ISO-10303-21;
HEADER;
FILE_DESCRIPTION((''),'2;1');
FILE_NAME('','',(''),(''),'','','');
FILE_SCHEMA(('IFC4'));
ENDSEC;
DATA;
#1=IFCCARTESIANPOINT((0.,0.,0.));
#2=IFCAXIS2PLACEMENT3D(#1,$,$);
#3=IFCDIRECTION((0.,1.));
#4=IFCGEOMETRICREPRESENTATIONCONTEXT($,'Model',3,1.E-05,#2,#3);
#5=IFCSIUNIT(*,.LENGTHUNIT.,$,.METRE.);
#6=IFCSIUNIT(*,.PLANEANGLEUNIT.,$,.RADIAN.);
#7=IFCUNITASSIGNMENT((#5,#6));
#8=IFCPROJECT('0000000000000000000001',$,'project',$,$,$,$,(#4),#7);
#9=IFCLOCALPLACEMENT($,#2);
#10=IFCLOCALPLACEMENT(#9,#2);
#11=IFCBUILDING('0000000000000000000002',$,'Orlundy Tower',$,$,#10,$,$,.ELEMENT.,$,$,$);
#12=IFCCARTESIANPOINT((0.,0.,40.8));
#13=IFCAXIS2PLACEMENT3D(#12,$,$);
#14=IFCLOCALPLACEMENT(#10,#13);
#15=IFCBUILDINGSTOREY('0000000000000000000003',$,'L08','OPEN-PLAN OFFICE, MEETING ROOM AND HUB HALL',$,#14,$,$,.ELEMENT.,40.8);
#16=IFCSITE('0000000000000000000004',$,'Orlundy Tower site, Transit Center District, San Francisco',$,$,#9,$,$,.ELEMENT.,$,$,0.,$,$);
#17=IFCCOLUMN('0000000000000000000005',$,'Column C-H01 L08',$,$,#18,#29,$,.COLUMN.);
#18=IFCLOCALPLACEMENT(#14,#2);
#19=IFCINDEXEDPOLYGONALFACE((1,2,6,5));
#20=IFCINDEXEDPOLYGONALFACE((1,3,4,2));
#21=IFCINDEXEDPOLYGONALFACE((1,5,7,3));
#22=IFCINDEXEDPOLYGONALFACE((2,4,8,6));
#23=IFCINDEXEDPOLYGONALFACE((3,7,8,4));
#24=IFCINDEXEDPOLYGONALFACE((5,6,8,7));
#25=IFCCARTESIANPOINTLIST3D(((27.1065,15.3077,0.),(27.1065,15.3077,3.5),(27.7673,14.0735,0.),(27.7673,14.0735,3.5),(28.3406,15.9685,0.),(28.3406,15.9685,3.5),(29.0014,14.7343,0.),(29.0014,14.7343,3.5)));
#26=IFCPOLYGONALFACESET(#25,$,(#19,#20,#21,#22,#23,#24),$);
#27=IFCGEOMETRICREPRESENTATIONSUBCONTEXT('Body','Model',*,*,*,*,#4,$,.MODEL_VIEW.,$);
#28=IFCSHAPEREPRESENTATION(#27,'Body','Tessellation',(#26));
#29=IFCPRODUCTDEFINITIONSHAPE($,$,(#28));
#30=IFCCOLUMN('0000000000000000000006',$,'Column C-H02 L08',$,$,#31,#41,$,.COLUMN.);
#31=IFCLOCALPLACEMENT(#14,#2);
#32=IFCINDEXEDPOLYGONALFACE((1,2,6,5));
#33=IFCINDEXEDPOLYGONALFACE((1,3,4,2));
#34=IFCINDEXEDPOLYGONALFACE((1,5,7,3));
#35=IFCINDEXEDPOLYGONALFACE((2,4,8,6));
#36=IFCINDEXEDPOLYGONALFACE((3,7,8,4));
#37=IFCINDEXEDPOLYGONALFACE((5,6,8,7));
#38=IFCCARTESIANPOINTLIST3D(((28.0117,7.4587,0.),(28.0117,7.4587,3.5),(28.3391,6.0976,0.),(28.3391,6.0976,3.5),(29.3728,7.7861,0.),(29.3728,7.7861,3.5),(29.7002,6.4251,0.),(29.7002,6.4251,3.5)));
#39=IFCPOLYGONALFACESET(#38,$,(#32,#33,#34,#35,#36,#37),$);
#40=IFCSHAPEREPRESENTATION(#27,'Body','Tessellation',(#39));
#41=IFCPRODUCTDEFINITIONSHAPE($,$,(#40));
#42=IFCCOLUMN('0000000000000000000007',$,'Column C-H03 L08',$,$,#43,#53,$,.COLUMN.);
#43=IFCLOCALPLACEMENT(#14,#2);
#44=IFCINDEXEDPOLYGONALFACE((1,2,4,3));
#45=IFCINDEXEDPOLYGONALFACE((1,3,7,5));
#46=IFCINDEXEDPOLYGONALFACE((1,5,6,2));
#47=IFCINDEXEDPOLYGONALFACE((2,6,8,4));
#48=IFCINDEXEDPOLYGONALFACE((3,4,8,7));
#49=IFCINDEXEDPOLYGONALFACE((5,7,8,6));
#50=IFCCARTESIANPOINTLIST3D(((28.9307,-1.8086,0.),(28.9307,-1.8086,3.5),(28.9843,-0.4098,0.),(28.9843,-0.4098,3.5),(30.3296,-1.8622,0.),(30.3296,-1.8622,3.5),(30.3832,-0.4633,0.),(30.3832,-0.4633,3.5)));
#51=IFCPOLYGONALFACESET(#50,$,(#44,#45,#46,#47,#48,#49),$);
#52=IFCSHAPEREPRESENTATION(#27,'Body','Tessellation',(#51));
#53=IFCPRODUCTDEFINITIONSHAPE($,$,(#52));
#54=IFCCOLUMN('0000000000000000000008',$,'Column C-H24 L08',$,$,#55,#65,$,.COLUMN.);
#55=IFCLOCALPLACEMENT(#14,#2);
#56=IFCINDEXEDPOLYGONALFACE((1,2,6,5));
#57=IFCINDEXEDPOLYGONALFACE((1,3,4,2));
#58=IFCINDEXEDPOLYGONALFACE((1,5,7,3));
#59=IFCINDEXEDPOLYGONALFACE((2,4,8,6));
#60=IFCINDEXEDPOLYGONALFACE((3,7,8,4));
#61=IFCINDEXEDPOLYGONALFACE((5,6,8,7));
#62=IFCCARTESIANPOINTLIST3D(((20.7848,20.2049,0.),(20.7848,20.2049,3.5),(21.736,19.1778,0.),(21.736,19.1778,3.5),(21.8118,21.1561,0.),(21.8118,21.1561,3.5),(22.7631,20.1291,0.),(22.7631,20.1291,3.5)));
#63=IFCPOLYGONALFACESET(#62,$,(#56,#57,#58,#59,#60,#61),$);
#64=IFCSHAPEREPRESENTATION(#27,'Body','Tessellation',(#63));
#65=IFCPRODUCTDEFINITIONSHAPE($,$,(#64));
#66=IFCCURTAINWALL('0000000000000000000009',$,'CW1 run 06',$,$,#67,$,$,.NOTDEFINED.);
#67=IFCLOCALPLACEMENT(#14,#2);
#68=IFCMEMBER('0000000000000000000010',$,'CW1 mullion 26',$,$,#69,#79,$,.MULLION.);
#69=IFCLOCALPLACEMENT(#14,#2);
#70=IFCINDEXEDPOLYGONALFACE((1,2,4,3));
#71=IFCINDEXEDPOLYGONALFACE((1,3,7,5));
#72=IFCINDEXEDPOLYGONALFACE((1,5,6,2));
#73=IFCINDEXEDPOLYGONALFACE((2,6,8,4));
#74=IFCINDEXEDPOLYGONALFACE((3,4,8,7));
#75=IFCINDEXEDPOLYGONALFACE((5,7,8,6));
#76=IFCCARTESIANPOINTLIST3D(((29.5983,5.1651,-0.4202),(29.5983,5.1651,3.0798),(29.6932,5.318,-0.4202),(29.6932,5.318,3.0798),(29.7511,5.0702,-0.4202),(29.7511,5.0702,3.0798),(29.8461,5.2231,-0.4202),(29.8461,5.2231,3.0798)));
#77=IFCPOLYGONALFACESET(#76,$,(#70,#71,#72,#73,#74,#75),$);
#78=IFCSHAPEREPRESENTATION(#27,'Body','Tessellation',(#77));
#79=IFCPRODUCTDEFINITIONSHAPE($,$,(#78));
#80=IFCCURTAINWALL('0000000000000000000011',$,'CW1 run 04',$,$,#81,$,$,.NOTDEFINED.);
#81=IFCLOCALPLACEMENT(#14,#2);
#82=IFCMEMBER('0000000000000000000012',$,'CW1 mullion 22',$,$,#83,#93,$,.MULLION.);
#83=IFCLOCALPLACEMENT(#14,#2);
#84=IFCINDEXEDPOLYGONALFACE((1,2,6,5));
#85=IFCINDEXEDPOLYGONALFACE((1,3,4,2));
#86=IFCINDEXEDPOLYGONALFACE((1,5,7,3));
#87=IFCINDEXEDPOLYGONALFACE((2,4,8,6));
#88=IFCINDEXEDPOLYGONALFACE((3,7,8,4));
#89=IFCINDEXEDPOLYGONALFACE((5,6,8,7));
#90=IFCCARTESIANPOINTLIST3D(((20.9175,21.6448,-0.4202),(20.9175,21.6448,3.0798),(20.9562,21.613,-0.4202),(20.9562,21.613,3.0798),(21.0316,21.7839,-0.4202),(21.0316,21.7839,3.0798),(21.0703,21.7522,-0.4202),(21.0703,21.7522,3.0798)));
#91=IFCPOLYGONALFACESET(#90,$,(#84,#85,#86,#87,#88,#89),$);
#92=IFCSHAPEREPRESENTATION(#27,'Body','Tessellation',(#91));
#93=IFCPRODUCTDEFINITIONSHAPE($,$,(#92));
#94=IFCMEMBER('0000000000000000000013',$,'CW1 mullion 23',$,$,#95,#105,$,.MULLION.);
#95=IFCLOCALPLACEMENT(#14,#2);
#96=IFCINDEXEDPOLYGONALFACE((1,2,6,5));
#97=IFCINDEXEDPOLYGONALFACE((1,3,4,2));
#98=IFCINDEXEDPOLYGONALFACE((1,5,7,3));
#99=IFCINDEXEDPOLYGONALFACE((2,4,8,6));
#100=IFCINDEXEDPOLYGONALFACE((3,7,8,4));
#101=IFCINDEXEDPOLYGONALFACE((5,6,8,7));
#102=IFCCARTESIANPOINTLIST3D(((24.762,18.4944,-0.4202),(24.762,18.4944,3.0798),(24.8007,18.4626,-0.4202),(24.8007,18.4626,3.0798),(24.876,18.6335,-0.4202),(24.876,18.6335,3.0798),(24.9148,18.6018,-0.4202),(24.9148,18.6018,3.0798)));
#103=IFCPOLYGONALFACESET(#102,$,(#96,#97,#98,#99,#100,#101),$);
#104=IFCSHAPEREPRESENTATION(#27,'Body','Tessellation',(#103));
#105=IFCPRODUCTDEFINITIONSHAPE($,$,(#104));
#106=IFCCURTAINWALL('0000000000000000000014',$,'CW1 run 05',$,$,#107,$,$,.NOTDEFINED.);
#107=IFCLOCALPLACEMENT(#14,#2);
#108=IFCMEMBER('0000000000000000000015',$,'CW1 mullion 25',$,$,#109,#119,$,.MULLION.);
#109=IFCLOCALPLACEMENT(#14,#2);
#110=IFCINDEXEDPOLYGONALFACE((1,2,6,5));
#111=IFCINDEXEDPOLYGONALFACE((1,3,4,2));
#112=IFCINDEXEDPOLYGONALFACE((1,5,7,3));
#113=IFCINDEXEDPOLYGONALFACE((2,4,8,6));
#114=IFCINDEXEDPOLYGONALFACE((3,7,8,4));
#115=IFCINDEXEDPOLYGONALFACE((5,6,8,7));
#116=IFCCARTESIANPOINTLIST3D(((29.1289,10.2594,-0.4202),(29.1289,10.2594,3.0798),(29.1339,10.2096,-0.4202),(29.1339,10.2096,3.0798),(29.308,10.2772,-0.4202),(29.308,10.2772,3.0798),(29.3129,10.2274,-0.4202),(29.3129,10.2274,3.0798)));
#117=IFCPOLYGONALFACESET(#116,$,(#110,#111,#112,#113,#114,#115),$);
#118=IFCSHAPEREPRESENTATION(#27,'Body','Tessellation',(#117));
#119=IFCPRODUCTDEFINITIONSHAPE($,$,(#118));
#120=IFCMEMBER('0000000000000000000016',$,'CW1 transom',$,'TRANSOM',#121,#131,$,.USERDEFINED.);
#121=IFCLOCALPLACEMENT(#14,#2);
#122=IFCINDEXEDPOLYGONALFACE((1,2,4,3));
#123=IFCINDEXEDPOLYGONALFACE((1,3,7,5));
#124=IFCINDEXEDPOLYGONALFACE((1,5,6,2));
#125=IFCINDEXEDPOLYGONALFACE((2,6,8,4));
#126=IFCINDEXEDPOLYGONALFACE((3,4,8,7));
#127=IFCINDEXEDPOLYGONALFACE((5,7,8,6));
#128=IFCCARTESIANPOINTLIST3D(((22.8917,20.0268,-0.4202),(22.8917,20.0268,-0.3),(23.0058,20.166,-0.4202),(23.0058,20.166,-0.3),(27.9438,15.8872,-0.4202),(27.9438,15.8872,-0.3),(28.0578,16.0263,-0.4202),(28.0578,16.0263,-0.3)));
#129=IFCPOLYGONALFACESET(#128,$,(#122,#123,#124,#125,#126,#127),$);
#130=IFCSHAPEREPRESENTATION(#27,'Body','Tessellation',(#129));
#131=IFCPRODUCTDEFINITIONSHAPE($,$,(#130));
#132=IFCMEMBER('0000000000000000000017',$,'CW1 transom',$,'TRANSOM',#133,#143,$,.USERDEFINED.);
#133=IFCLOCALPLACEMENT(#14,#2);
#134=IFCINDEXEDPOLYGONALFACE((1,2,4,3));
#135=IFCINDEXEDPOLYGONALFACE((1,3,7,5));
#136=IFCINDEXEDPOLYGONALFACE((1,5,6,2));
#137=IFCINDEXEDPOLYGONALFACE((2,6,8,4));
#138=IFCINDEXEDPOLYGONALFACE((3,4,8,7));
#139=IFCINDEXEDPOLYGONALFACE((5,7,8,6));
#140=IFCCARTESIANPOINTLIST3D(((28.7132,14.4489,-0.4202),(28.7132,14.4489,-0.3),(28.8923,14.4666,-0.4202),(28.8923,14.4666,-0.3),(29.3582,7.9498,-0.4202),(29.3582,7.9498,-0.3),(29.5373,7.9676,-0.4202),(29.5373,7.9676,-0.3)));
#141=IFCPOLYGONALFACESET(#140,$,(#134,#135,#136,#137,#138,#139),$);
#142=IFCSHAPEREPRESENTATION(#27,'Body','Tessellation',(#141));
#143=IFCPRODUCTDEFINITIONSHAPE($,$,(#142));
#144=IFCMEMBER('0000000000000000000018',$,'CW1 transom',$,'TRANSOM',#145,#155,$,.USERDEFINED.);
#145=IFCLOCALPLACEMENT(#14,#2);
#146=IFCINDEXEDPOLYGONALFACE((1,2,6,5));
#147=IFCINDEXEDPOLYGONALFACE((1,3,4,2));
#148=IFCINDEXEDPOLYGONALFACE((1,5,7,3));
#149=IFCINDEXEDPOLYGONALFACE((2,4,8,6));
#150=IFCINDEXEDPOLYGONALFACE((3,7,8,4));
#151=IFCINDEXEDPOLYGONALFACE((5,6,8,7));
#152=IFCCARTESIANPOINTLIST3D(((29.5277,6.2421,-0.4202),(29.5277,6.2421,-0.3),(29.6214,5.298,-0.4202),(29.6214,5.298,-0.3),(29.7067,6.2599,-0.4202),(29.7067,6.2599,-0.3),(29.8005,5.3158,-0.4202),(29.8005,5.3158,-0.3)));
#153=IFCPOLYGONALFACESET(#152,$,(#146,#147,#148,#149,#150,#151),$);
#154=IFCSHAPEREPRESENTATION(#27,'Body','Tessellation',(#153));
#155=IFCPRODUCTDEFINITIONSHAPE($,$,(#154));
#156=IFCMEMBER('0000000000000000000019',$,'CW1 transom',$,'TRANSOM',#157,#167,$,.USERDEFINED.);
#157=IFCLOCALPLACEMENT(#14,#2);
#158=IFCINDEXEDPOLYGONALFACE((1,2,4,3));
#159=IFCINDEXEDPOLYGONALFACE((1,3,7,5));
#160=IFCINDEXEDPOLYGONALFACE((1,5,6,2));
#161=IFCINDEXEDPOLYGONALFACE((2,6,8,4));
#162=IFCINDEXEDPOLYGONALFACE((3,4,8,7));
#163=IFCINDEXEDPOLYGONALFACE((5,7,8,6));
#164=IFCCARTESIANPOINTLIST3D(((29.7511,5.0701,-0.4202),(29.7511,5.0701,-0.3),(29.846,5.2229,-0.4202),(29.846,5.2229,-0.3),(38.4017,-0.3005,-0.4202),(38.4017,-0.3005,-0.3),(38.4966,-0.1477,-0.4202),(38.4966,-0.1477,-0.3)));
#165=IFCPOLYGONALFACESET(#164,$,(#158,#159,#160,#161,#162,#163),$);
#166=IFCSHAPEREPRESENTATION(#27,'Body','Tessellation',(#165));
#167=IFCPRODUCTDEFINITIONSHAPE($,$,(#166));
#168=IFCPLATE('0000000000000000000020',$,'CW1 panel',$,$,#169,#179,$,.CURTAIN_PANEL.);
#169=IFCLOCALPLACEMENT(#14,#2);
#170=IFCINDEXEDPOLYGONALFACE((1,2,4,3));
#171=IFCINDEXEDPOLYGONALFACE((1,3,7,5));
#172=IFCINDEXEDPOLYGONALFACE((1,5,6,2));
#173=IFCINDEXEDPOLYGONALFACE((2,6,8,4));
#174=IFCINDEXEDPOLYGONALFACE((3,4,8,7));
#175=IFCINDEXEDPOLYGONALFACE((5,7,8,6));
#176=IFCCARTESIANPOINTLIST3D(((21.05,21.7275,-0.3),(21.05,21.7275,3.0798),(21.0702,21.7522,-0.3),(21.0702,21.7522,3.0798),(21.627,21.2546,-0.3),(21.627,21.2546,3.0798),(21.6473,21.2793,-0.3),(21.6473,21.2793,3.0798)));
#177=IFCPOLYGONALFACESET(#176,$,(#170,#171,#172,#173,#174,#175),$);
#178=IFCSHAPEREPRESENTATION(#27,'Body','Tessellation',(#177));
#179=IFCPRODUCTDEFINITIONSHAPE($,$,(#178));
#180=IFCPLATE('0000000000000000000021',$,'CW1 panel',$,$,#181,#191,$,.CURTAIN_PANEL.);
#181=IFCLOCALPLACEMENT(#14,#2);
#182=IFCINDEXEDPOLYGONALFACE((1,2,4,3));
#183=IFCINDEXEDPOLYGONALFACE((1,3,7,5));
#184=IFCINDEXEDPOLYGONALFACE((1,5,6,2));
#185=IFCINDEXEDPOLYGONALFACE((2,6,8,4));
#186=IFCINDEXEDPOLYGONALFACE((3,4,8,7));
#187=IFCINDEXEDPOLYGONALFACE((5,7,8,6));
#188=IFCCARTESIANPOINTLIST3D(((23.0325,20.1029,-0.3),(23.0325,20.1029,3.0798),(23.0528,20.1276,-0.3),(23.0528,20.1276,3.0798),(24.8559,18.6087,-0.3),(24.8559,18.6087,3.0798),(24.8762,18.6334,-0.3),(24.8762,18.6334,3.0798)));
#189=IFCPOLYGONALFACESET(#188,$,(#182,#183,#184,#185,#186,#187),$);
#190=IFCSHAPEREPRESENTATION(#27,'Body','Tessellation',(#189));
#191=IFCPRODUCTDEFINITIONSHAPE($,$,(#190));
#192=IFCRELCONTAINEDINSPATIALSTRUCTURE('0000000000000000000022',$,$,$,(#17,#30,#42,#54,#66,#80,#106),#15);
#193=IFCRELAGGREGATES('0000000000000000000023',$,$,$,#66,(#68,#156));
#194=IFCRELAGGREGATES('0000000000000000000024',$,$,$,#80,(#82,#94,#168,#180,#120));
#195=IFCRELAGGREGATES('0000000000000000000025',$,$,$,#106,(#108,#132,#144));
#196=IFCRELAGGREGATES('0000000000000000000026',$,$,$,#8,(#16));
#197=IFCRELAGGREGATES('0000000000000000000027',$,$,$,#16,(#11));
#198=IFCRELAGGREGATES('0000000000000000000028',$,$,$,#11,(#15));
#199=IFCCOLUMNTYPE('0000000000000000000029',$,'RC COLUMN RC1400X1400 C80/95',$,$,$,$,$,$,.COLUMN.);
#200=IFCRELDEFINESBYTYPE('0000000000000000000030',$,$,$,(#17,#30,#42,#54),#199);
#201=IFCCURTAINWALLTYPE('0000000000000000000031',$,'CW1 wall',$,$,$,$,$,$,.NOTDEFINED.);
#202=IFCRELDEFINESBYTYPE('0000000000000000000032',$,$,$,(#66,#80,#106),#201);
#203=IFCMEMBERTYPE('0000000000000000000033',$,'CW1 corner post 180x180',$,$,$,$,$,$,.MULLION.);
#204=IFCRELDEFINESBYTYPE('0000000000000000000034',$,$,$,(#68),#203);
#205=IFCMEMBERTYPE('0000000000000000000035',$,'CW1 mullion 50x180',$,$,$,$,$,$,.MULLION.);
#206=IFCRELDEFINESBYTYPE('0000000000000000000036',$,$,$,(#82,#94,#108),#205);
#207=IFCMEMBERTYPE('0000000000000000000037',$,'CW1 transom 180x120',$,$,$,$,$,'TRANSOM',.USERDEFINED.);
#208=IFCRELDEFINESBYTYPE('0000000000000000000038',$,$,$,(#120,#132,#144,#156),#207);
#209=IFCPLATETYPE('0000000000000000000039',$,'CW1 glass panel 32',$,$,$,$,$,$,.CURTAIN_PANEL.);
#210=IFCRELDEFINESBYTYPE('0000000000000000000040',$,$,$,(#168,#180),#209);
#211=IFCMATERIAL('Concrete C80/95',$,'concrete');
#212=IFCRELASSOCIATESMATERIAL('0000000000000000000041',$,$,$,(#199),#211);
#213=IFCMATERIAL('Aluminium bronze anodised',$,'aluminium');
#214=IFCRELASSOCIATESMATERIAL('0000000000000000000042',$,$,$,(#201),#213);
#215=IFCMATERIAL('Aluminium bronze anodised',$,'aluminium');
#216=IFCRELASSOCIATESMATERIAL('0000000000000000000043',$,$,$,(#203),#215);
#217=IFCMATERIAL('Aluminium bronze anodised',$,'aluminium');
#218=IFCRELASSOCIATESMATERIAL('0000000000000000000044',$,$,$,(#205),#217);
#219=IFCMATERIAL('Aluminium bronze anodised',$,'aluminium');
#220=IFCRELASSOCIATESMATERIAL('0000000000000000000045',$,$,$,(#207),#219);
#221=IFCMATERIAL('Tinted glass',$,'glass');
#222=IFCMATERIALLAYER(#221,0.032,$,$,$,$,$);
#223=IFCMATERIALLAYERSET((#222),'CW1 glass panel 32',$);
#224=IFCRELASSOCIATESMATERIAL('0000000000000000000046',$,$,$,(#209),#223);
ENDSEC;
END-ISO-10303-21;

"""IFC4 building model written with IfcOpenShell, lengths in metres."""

from ifc_helpers import new_model, si_unit, direction, frame, origin, origin_2d, place, context, subcontext, project, spatial, rectangle, extrude, material, layer, layer_set, material_profile, profile_set, type_object, element, aggregate, save


model = new_model("IFC4")

# Units and contexts
model_context = context("Model", 3, precision=1e-05, world=origin(), true_north=direction((0.0, 1.0)))
body_context = subcontext(model_context, "Body", "Model", "MODEL_VIEW")
ifc_project = project(units=[si_unit("LENGTHUNIT", "METRE"), si_unit("PLANEANGLEUNIT", "RADIAN")], contexts=[model_context])

# Site, building, storey
site_placement = place(None, origin())
site = spatial("IfcSite", under=ifc_project, at=site_placement, Name="Orlundy Tower site, Transit Center District, San Francisco", CompositionType="ELEMENT", RefElevation=0.0)
building_placement = place(site_placement, origin())
building = spatial("IfcBuilding", under=site, at=building_placement, Name="Orlundy Tower", CompositionType="ELEMENT")
storey_placement = place(building_placement, frame((0.0, 0.0, 40.8)))
storey = spatial("IfcBuildingStorey", under=building, at=storey_placement, Name="L08", Description="OPEN-PLAN OFFICE, MEETING ROOM AND HUB HALL", CompositionType="ELEMENT", Elevation=40.8)

# Columns
ifc_material_1 = material(Name="Concrete C80/95", Category="concrete")
ifc_material_profile_1 = material_profile(ifc_material_1, rectangle(XDim=1.3999, YDim=1.3999, at=origin_2d()), Name="RC1400X1400")
ifc_profile_set_1 = profile_set([ifc_material_profile_1], Name="Concrete C80/95")
column_type = type_object("IfcColumnType", Name="RC COLUMN RC1400X1400 C80/95", PredefinedType="COLUMN", material=ifc_profile_set_1)
for number, where, z_axis, x_axis, name in (
    (1, (28.054, 15.021, 0.0), (0.0, 0.0, 1.0), (0.881584, 0.472028, 0.0), "Column C-H01 L08"),
    (2, (28.856, 6.9419, 0.0), (0.0, 0.0, 1.0), (0.97226, 0.233904, 0.0), "Column C-H02 L08"),
    (3, (29.657, -1.136, 0.0), (0.0, 0.0, 1.0), (0.999267, -0.038283, 0.0), "Column C-H03 L08"),
    (4, (21.7739, 20.167, 0.0), (0.0, 0.0, 1.0), (0.733659, 0.679518, 0.0), "Column C-H24 L08"),
):
    element("IfcColumn", number, at=place(storey_placement, frame(where, z_axis=z_axis, x_axis=x_axis)), inside=storey, type_object=column_type, Name=name, PredefinedType="COLUMN", context=body_context, shape_type="SweptSolid", body=[
        extrude(rectangle(XDim=1.3999, YDim=1.3999, at=origin_2d()), origin(), (0.0, 0.0, 1.0), 3.5),
    ])

# Curtain wall, member
ifc_material_2 = material(Name="Aluminium bronze anodised", Category="aluminium")
curtain_wall_type = type_object("IfcCurtainWallType", Name="CW1 wall", PredefinedType="NOTDEFINED", material=ifc_material_2)
curtain_wall_1_placement = place(storey_placement, origin())
curtain_wall_1 = element("IfcCurtainWall", 5, at=curtain_wall_1_placement, inside=storey, type_object=curtain_wall_type, Name="CW1 run 06", PredefinedType="NOTDEFINED")
ifc_material_3 = material(Name="Aluminium bronze anodised", Category="aluminium")
ifc_material_profile_2 = material_profile(ifc_material_3, rectangle(XDim=0.1799, YDim=0.1799, at=origin_2d()), Name="CW1 corner post 180x180")
ifc_profile_set_2 = profile_set([ifc_material_profile_2], Name="Aluminium bronze anodised")
member_type_1 = type_object("IfcMemberType", Name="CW1 corner post 180x180", PredefinedType="MULLION", material=ifc_profile_set_2)
member_1_placement = place(storey_placement, frame((29.7222, 5.1941, -0.4202), z_axis=(0.0, 0.0, 1.0), x_axis=(0.527453, 0.849584, 0.0)))
member_1 = element("IfcMember", 6, at=member_1_placement, type_object=member_type_1, Name="CW1 mullion 26", PredefinedType="MULLION", context=body_context, shape_type="SweptSolid", body=[
    extrude(rectangle(XDim=0.1799, YDim=0.1799, at=origin_2d()), origin(), (0.0, 0.0, 1.0), 3.5),
])

# Curtain wall, members
curtain_wall_2_placement = place(storey_placement, origin())
curtain_wall_2 = element("IfcCurtainWall", 7, at=curtain_wall_2_placement, inside=storey, type_object=curtain_wall_type, Name="CW1 run 04", PredefinedType="NOTDEFINED")
ifc_material_4 = material(Name="Aluminium bronze anodised", Category="aluminium")
ifc_material_profile_3 = material_profile(ifc_material_4, rectangle(XDim=0.1799, YDim=0.05, at=origin_2d()), Name="CW1 mullion 50x180")
ifc_profile_set_3 = profile_set([ifc_material_profile_3], Name="Aluminium bronze anodised")
member_type_2 = type_object("IfcMemberType", Name="CW1 mullion 50x180", PredefinedType="MULLION", material=ifc_profile_set_3)
member_2_placement = place(storey_placement, frame((20.9939, 21.6985, -0.4202), z_axis=(0.0, 0.0, 1.0), x_axis=(0.633818, 0.773482, 0.0)))
member_2 = element("IfcMember", 8, at=member_2_placement, type_object=member_type_2, Name="CW1 mullion 22", PredefinedType="MULLION", context=body_context, shape_type="SweptSolid", body=[
    extrude(rectangle(XDim=0.1799, YDim=0.05, at=origin_2d()), origin(), (0.0, 0.0, 1.0), 3.5),
])
member_3_placement = place(storey_placement, frame((24.8384, 18.5481, -0.4202), z_axis=(0.0, 0.0, 1.0), x_axis=(0.633818, 0.773482, 0.0)))
member_3 = element("IfcMember", 9, at=member_3_placement, type_object=member_type_2, Name="CW1 mullion 23", PredefinedType="MULLION", context=body_context, shape_type="SweptSolid", body=[
    extrude(rectangle(XDim=0.1799, YDim=0.05, at=origin_2d()), origin(), (0.0, 0.0, 1.0), 3.5),
])

# Curtain wall, member
curtain_wall_3_placement = place(storey_placement, origin())
curtain_wall_3 = element("IfcCurtainWall", 10, at=curtain_wall_3_placement, inside=storey, type_object=curtain_wall_type, Name="CW1 run 05", PredefinedType="NOTDEFINED")
member_4_placement = place(storey_placement, frame((29.2209, 10.2434, -0.4202), z_axis=(0.0, 0.0, 1.0), x_axis=(0.995111, 0.098759, 0.0)))
member_4 = element("IfcMember", 11, at=member_4_placement, type_object=member_type_2, Name="CW1 mullion 25", PredefinedType="MULLION", context=body_context, shape_type="SweptSolid", body=[
    extrude(rectangle(XDim=0.1799, YDim=0.05, at=origin_2d()), origin(), (0.0, 0.0, 1.0), 3.5),
])

# Members
ifc_material_5 = material(Name="Aluminium bronze anodised", Category="aluminium")
ifc_material_profile_4 = material_profile(ifc_material_5, rectangle(XDim=0.1799, YDim=0.1201, at=origin_2d()), Name="CW1 transom 180x120")
ifc_profile_set_4 = profile_set([ifc_material_profile_4], Name="Aluminium bronze anodised")
member_type_3 = type_object("IfcMemberType", Name="CW1 transom 180x120", ElementType="TRANSOM", PredefinedType="USERDEFINED", material=ifc_profile_set_4)
member_5_placement = place(storey_placement, frame((22.9487, 20.0964, -0.3601), z_axis=(0.773492, -0.633806, 0.0), x_axis=(0.633806, 0.773492, 0.0)))
member_5 = element("IfcMember", 12, at=member_5_placement, type_object=member_type_3, Name="CW1 transom", ObjectType="TRANSOM", PredefinedType="USERDEFINED", context=body_context, shape_type="SweptSolid", body=[
    extrude(rectangle(XDim=0.1799, YDim=0.1201, at=origin_2d()), origin(), (0.0, 0.0, 1.0), 6.5315),
])
member_6_placement = place(storey_placement, frame((28.8027, 14.4578, -0.3601), z_axis=(0.098763, -0.995111, 0.0), x_axis=(0.995111, 0.098763, 0.0)))
member_6 = element("IfcMember", 13, at=member_6_placement, type_object=member_type_3, Name="CW1 transom", ObjectType="TRANSOM", PredefinedType="USERDEFINED", context=body_context, shape_type="SweptSolid", body=[
    extrude(rectangle(XDim=0.1799, YDim=0.1201, at=origin_2d()), origin(), (0.0, 0.0, 1.0), 6.531),
])
member_7_placement = place(storey_placement, frame((29.6172, 6.251, -0.3601), z_axis=(0.098816, -0.995106, 0.0), x_axis=(0.995106, 0.098816, 0.0)))
member_7 = element("IfcMember", 14, at=member_7_placement, type_object=member_type_3, Name="CW1 transom", ObjectType="TRANSOM", PredefinedType="USERDEFINED", context=body_context, shape_type="SweptSolid", body=[
    extrude(rectangle(XDim=0.1799, YDim=0.1201, at=origin_2d()), origin(), (0.0, 0.0, 1.0), 0.9487),
])
member_8_placement = place(storey_placement, frame((29.7986, 5.1465, -0.3601), z_axis=(0.849585, -0.527451, 0.0), x_axis=(0.527451, 0.849585, 0.0)))
member_8 = element("IfcMember", 15, at=member_8_placement, type_object=member_type_3, Name="CW1 transom", ObjectType="TRANSOM", PredefinedType="USERDEFINED", context=body_context, shape_type="SweptSolid", body=[
    extrude(rectangle(XDim=0.1799, YDim=0.1201, at=origin_2d()), origin(), (0.0, 0.0, 1.0), 10.1821),
])
aggregate(curtain_wall_1, [member_1, member_8])

# Plates
ifc_material_6 = material(Name="Tinted glass", Category="glass")
ifc_layer_1 = layer(ifc_material_6, 0.032)
ifc_layer_set_1 = layer_set([ifc_layer_1], Name="CW1 glass panel 32")
plate_type = type_object("IfcPlateType", Name="CW1 glass panel 32", PredefinedType="CURTAIN_PANEL", material=ifc_layer_set_1)
plate_1_placement = place(storey_placement, frame((21.3486, 21.5034, -0.3), z_axis=(0.0, 0.0, 1.0), x_axis=(0.773482, -0.633818, 0.0)))
plate_1 = element("IfcPlate", 16, at=plate_1_placement, type_object=plate_type, Name="CW1 panel", PredefinedType="CURTAIN_PANEL", context=body_context, shape_type="SweptSolid", body=[
    extrude(rectangle(XDim=0.7461, YDim=0.032, at=origin_2d()), origin(), (0.0, 0.0, 1.0), 3.3799),
])
plate_2_placement = place(storey_placement, frame((23.9543, 19.3682, -0.3), z_axis=(0.0, 0.0, 1.0), x_axis=(0.773482, -0.633818, 0.0)))
plate_2 = element("IfcPlate", 17, at=plate_2_placement, type_object=plate_type, Name="CW1 panel", PredefinedType="CURTAIN_PANEL", context=body_context, shape_type="SweptSolid", body=[
    extrude(rectangle(XDim=2.3574, YDim=0.032, at=origin_2d()), origin(), (0.0, 0.0, 1.0), 3.3799),
])
aggregate(curtain_wall_2, [member_2, member_3, plate_1, plate_2, member_5])
aggregate(curtain_wall_3, [member_4, member_6, member_7])

save(model, "model.ifc")
